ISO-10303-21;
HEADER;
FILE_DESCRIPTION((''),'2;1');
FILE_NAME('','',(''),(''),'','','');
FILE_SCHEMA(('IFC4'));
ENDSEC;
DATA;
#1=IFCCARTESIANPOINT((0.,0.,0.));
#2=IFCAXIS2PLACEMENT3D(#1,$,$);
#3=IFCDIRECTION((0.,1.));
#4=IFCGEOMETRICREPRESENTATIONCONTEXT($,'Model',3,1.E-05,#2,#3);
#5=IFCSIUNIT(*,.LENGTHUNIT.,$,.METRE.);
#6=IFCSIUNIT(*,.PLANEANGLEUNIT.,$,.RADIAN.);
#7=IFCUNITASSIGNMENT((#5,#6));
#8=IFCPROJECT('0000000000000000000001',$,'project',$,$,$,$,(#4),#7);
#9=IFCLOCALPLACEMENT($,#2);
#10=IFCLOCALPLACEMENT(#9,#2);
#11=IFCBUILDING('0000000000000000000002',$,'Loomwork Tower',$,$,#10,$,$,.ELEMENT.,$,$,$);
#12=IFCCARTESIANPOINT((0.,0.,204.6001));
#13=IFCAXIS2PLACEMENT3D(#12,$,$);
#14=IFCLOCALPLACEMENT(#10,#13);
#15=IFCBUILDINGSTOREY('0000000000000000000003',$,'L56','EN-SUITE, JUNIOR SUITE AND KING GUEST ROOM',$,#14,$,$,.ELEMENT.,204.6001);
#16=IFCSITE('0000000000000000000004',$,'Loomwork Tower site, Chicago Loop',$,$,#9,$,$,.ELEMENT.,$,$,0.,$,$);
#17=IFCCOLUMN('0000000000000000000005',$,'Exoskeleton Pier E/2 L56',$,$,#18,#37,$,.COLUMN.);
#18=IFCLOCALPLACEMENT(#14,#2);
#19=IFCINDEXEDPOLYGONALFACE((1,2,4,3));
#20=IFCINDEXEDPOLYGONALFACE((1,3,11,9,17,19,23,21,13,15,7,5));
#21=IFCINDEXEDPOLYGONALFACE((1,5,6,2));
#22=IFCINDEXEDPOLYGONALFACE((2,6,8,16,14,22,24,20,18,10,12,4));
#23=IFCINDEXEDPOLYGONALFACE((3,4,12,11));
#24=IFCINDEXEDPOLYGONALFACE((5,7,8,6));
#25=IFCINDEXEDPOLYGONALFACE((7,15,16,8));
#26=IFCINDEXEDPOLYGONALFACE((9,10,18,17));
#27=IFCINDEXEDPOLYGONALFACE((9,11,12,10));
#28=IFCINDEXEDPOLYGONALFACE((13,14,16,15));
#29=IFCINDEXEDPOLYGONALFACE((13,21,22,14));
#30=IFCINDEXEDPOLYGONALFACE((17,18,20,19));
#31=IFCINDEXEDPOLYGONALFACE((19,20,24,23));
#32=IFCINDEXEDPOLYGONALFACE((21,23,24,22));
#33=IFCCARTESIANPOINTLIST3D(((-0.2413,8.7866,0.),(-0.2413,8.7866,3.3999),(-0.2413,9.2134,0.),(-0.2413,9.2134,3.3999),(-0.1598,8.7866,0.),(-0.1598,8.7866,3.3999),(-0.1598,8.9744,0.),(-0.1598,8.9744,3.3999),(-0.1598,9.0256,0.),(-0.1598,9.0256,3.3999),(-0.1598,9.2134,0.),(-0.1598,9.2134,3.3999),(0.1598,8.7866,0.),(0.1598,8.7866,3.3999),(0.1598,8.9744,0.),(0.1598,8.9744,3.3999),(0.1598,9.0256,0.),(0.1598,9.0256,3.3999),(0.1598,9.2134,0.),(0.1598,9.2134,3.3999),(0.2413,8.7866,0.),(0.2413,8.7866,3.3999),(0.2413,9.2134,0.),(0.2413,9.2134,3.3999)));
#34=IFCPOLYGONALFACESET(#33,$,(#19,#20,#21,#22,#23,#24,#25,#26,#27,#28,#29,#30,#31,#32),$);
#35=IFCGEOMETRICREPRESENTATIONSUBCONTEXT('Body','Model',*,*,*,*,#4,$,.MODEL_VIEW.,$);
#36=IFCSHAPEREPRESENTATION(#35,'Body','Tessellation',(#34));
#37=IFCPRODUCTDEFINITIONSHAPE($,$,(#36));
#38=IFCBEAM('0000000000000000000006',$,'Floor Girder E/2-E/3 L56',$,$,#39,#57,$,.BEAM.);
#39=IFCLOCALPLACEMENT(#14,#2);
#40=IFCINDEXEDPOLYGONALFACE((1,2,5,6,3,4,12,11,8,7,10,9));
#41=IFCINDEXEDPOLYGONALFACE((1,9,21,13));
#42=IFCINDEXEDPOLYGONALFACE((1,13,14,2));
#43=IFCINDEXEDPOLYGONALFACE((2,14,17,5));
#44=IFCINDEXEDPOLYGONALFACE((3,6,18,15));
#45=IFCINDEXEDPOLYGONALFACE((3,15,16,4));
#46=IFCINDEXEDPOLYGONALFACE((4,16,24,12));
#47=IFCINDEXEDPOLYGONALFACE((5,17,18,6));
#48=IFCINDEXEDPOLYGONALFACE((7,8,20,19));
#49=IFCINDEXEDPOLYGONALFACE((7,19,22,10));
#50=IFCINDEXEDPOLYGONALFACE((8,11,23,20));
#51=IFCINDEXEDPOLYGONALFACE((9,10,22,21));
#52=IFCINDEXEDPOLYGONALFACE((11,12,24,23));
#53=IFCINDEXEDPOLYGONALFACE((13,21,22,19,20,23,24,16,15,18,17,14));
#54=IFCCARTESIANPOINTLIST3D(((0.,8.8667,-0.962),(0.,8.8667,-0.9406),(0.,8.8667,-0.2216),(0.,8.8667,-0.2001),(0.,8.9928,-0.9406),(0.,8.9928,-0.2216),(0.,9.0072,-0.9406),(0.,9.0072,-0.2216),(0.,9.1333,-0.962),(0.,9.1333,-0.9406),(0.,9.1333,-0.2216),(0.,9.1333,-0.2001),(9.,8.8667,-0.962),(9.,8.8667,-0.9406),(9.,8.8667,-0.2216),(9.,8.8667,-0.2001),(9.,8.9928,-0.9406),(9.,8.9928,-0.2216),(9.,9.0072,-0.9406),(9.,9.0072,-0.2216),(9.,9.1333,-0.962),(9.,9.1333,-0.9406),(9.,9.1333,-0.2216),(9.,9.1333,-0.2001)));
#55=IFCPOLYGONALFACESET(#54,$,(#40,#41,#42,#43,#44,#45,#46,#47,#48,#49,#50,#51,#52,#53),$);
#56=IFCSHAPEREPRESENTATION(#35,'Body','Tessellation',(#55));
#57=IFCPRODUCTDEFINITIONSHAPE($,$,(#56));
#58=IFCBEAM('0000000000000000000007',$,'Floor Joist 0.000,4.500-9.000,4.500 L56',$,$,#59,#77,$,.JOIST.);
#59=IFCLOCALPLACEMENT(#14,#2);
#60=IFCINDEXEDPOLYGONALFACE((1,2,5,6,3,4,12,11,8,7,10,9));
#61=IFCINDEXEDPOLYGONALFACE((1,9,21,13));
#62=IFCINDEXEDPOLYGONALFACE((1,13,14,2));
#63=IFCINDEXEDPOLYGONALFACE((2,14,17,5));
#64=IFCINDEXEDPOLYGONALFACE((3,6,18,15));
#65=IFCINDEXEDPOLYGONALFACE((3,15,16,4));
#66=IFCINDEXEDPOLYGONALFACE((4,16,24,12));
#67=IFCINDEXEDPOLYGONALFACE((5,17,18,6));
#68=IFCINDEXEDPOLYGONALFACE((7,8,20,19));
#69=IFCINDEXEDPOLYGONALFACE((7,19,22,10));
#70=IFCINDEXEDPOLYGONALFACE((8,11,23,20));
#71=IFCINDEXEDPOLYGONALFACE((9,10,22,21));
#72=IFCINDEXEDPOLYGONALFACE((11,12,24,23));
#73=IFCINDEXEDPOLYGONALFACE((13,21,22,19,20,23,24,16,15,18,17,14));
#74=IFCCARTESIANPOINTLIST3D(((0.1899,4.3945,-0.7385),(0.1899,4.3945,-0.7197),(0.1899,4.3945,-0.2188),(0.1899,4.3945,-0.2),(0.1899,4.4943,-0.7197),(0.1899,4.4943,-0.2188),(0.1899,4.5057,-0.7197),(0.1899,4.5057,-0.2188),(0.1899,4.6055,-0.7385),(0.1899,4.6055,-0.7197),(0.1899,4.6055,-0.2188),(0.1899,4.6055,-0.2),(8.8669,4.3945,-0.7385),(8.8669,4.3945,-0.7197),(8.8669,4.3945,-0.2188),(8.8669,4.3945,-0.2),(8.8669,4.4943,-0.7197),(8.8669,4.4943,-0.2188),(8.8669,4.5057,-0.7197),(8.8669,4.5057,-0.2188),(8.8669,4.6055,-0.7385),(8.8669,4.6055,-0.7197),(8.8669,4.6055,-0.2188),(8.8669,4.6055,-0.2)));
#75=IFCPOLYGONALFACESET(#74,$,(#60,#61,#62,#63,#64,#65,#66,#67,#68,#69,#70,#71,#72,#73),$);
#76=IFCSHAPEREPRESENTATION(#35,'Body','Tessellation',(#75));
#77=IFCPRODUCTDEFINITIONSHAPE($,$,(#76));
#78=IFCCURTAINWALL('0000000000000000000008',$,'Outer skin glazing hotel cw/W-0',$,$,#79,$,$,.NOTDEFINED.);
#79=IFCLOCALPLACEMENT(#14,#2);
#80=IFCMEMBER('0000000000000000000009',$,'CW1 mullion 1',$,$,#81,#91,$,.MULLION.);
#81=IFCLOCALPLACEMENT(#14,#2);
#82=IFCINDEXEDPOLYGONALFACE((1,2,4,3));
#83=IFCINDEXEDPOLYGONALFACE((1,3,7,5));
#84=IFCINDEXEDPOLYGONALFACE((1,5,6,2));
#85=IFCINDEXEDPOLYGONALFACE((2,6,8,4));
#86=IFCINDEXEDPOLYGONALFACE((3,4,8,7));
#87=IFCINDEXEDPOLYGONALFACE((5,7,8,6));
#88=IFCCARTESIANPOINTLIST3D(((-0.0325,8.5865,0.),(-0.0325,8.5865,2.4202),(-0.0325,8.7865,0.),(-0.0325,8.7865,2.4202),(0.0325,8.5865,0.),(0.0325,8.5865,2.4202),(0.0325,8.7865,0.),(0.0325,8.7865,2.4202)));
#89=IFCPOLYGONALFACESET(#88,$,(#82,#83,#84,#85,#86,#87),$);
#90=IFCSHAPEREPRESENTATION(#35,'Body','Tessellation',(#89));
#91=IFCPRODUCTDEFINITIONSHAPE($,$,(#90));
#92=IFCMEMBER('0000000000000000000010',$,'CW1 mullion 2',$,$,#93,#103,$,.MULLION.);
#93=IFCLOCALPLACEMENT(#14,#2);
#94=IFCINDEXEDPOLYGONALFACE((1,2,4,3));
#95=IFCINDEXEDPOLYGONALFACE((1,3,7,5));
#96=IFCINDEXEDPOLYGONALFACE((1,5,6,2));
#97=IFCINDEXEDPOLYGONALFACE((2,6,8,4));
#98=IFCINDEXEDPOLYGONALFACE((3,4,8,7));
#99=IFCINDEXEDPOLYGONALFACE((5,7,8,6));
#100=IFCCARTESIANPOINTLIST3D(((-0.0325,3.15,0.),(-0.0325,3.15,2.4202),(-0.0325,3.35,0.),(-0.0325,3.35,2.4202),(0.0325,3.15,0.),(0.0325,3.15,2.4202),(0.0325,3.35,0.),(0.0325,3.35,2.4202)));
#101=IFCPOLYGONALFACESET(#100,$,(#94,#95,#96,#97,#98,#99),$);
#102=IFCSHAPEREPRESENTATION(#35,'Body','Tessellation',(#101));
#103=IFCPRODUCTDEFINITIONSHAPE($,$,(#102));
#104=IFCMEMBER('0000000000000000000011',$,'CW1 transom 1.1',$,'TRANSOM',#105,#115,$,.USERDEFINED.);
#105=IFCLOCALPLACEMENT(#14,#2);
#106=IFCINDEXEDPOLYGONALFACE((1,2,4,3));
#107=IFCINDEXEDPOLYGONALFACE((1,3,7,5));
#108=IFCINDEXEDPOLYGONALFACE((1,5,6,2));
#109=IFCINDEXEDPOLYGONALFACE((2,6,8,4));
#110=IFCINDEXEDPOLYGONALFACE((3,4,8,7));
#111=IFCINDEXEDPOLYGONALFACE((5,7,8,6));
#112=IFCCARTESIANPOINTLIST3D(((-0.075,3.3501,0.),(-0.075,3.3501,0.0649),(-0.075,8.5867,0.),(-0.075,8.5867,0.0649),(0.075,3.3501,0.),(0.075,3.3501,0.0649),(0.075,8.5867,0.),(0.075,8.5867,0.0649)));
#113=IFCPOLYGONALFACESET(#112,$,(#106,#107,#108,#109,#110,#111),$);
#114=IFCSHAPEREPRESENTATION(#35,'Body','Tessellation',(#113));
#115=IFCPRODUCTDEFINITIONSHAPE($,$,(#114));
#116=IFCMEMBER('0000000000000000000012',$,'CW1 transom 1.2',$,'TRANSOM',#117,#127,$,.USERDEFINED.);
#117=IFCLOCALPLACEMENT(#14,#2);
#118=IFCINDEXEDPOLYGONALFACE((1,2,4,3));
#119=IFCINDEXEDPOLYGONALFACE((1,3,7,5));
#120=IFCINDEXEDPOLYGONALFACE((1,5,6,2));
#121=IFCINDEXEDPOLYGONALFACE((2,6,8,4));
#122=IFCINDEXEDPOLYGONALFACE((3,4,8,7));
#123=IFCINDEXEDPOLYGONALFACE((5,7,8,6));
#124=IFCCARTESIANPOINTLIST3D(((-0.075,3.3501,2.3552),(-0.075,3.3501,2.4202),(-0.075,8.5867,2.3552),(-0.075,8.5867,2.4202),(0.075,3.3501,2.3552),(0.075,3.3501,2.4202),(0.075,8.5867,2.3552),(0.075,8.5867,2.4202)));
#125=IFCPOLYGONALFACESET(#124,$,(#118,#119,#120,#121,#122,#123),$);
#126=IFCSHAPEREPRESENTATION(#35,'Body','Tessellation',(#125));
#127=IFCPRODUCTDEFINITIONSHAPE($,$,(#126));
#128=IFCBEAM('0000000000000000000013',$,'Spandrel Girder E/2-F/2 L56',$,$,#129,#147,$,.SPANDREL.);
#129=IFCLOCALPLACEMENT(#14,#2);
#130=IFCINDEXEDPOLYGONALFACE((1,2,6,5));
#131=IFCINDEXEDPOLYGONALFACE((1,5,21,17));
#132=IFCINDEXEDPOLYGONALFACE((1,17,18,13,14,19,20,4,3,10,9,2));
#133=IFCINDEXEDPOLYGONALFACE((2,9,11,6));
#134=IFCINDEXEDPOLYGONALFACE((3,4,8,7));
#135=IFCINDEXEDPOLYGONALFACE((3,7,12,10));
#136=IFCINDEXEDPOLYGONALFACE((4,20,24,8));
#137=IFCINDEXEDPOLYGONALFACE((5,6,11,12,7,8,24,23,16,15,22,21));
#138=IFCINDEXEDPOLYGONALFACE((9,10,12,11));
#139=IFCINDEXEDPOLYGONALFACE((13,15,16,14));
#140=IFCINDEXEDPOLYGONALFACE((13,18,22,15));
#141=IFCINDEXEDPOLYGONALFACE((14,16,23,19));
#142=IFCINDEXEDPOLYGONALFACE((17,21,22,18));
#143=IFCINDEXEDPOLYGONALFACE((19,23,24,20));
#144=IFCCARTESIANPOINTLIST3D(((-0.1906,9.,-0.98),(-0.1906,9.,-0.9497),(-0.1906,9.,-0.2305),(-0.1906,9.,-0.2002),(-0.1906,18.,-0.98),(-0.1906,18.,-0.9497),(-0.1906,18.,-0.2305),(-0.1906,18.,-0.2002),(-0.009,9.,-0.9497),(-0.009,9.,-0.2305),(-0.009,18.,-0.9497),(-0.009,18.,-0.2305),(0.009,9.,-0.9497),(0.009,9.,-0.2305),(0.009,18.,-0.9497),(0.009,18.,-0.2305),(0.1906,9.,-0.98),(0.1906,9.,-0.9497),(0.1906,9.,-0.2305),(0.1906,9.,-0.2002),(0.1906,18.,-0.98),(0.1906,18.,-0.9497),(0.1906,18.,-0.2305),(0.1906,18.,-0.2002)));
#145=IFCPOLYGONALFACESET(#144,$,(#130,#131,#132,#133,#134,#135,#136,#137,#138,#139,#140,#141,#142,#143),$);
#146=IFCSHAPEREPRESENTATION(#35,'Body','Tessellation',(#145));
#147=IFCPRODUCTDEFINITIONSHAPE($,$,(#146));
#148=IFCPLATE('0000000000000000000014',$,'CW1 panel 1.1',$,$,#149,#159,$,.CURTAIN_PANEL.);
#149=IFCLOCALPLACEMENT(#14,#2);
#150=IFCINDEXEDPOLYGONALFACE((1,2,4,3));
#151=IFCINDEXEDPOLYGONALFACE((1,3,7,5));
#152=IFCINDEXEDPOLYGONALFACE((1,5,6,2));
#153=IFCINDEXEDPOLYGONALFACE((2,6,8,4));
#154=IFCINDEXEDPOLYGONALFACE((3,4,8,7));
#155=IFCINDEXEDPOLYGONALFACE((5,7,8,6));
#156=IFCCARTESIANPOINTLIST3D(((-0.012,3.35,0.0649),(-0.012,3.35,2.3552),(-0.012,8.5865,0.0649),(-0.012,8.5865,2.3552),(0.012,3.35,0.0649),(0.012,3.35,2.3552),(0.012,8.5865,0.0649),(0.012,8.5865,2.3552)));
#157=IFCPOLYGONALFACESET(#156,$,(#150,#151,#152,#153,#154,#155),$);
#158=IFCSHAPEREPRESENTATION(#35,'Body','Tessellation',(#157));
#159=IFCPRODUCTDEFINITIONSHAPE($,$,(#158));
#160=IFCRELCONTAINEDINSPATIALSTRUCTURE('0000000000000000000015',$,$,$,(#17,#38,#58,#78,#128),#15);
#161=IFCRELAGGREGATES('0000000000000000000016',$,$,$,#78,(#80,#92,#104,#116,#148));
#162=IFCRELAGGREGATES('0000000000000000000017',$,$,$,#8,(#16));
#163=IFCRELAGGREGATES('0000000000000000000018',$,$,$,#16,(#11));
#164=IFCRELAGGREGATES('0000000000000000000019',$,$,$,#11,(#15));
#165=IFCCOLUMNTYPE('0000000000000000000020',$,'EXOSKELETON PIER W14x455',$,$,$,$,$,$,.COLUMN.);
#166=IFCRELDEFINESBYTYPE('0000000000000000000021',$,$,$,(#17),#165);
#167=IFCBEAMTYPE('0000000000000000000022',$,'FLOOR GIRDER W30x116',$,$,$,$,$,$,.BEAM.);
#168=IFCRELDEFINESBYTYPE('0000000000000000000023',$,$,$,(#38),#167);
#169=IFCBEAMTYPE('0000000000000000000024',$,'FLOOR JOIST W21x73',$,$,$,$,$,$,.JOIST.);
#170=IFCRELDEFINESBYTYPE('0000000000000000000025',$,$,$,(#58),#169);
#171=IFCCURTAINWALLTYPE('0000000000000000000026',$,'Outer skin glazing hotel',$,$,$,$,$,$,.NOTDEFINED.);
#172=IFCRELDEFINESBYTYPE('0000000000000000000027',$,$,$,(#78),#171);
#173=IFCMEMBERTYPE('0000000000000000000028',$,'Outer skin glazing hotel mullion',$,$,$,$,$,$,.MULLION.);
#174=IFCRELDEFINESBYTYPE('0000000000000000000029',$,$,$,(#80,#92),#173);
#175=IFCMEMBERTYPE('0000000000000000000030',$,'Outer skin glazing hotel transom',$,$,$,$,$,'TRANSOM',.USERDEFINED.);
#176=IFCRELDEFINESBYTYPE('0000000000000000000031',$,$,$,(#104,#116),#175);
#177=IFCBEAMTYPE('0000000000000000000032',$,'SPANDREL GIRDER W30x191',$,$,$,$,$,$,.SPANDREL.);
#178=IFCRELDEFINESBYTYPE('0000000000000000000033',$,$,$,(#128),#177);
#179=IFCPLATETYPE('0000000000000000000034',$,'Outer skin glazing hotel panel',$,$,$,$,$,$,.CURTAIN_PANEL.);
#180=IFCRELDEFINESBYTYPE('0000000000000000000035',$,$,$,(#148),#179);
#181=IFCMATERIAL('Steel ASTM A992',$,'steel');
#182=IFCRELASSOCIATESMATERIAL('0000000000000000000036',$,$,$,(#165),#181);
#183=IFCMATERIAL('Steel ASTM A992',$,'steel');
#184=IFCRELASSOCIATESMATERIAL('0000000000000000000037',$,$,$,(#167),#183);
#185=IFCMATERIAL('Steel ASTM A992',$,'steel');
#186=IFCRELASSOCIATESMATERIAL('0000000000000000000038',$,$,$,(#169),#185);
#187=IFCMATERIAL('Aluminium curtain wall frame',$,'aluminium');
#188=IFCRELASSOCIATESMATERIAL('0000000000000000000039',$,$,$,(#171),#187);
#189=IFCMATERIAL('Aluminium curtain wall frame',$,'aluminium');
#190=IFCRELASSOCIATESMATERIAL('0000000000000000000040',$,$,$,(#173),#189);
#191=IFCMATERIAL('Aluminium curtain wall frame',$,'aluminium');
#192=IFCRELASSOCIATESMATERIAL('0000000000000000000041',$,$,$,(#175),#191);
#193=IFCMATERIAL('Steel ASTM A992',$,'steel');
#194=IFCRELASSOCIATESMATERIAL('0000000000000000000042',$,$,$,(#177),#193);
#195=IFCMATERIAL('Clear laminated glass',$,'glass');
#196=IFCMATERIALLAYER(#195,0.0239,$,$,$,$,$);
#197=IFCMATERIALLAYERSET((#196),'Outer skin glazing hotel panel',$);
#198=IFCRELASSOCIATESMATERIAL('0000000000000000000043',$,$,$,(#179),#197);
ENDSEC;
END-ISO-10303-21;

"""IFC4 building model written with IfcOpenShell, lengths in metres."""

from ifc_helpers import new_model, si_unit, direction, frame, origin, origin_2d, place, context, subcontext, project, spatial, rectangle, i_section, extrude, material, layer, layer_set, material_profile, profile_set, type_object, element, aggregate, save


model = new_model("IFC4")

# Units and contexts
model_context = context("Model", 3, precision=1e-05, world=origin(), true_north=direction((0.0, 1.0)))
body_context = subcontext(model_context, "Body", "Model", "MODEL_VIEW")
ifc_project = project(units=[si_unit("LENGTHUNIT", "METRE"), si_unit("PLANEANGLEUNIT", "RADIAN")], contexts=[model_context])

# Site, building, storey
site_placement = place(None, origin())
site = spatial("IfcSite", under=ifc_project, at=site_placement, Name="Loomwork Tower site, Chicago Loop", CompositionType="ELEMENT", RefElevation=0.0)
building_placement = place(site_placement, origin())
building = spatial("IfcBuilding", under=site, at=building_placement, Name="Loomwork Tower", CompositionType="ELEMENT")
storey_placement = place(building_placement, frame((0.0, 0.0, 204.6001)))
storey = spatial("IfcBuildingStorey", under=building, at=storey_placement, Name="L56", Description="EN-SUITE, JUNIOR SUITE AND KING GUEST ROOM", CompositionType="ELEMENT", Elevation=204.6001)

# Column
ifc_material_1 = material(Name="Steel ASTM A992", Category="steel")
ifc_material_profile_1 = material_profile(ifc_material_1, i_section(OverallWidth=0.4268, OverallDepth=0.4827, WebThickness=0.0513, FlangeThickness=0.0815, at=origin_2d()), Name="W14x455")
ifc_profile_set_1 = profile_set([ifc_material_profile_1], Name="Steel ASTM A992")
column_type = type_object("IfcColumnType", Name="EXOSKELETON PIER W14x455", PredefinedType="COLUMN", material=ifc_profile_set_1)
column_placement = place(storey_placement, frame((0.0, 9.0, 0.0), z_axis=(0.0, 0.0, 1.0), x_axis=(0.0, 1.0, 0.0)))
element("IfcColumn", 1, at=column_placement, inside=storey, type_object=column_type, Name="Exoskeleton Pier E/2 L56", PredefinedType="COLUMN", context=body_context, shape_type="SweptSolid", body=[
    extrude(i_section(OverallWidth=0.4268, OverallDepth=0.4827, WebThickness=0.0513, FlangeThickness=0.0815, at=origin_2d()), origin(), (0.0, 0.0, 1.0), 3.3999),
])

# Beams
ifc_material_2 = material(Name="Steel ASTM A992", Category="steel")
ifc_material_profile_2 = material_profile(ifc_material_2, i_section(OverallWidth=0.2666, OverallDepth=0.762, WebThickness=0.0144, FlangeThickness=0.0215, at=origin_2d()), Name="W30x116")
ifc_profile_set_2 = profile_set([ifc_material_profile_2], Name="Steel ASTM A992")
beam_type_1 = type_object("IfcBeamType", Name="FLOOR GIRDER W30x116", PredefinedType="BEAM", material=ifc_profile_set_2)
beam_1_placement = place(storey_placement, frame((0.0, 9.0, -0.5811), z_axis=(1.0, 0.0, 0.0), x_axis=(0.0, 1.0, 0.0)))
element("IfcBeam", 2, at=beam_1_placement, inside=storey, type_object=beam_type_1, Name="Floor Girder E/2-E/3 L56", PredefinedType="BEAM", context=body_context, shape_type="SweptSolid", body=[
    extrude(i_section(OverallWidth=0.2666, OverallDepth=0.762, WebThickness=0.0144, FlangeThickness=0.0215, at=origin_2d()), origin(), (0.0, 0.0, 1.0), 9.0),
])
ifc_material_3 = material(Name="Steel ASTM A992", Category="steel")
ifc_material_profile_3 = material_profile(ifc_material_3, i_section(OverallWidth=0.2109, OverallDepth=0.5386, WebThickness=0.0115, FlangeThickness=0.0188, at=origin_2d()), Name="W21x73")
ifc_profile_set_3 = profile_set([ifc_material_profile_3], Name="Steel ASTM A992")
beam_type_2 = type_object("IfcBeamType", Name="FLOOR JOIST W21x73", PredefinedType="JOIST", material=ifc_profile_set_3)
beam_2_placement = place(storey_placement, frame((0.1899, 4.5, -0.4692), z_axis=(1.0, 0.0, 0.0), x_axis=(0.0, 1.0, 0.0)))
element("IfcBeam", 3, at=beam_2_placement, inside=storey, type_object=beam_type_2, Name="Floor Joist 0.000,4.500-9.000,4.500 L56", PredefinedType="JOIST", context=body_context, shape_type="SweptSolid", body=[
    extrude(i_section(OverallWidth=0.2109, OverallDepth=0.5386, WebThickness=0.0115, FlangeThickness=0.0188, at=origin_2d()), origin(), (0.0, 0.0, 1.0), 8.677),
])

# Curtain wall, members
ifc_material_4 = material(Name="Aluminium curtain wall frame", Category="aluminium")
curtain_wall_type = type_object("IfcCurtainWallType", Name="Outer skin glazing hotel", PredefinedType="NOTDEFINED", material=ifc_material_4)
curtain_wall_placement = place(storey_placement, origin())
curtain_wall = element("IfcCurtainWall", 4, at=curtain_wall_placement, inside=storey, type_object=curtain_wall_type, Name="Outer skin glazing hotel cw/W-0", PredefinedType="NOTDEFINED")
ifc_material_5 = material(Name="Aluminium curtain wall frame", Category="aluminium")
ifc_material_profile_4 = material_profile(ifc_material_5, rectangle(XDim=0.0649, YDim=0.2, at=origin_2d()), Name="AL 65x200")
ifc_profile_set_4 = profile_set([ifc_material_profile_4], Name="Aluminium curtain wall frame")
member_type_1 = type_object("IfcMemberType", Name="Outer skin glazing hotel mullion", PredefinedType="MULLION", material=ifc_profile_set_4)
member_1_placement = place(storey_placement, frame((0.0, 8.6865, 0.0), z_axis=(0.0, 0.0, 1.0), x_axis=(1.0, 0.0, 0.0)))
member_1 = element("IfcMember", 5, at=member_1_placement, type_object=member_type_1, Name="CW1 mullion 1", PredefinedType="MULLION", context=body_context, shape_type="SweptSolid", body=[
    extrude(rectangle(XDim=0.0649, YDim=0.2, at=origin_2d()), origin(), (0.0, 0.0, 1.0), 2.4202),
])
member_2_placement = place(storey_placement, frame((0.0, 3.25, 0.0), z_axis=(0.0, 0.0, 1.0), x_axis=(1.0, 0.0, 0.0)))
member_2 = element("IfcMember", 6, at=member_2_placement, type_object=member_type_1, Name="CW1 mullion 2", PredefinedType="MULLION", context=body_context, shape_type="SweptSolid", body=[
    extrude(rectangle(XDim=0.0649, YDim=0.2, at=origin_2d()), origin(), (0.0, 0.0, 1.0), 2.4202),
])
ifc_material_6 = material(Name="Aluminium curtain wall frame", Category="aluminium")
ifc_material_profile_5 = material_profile(ifc_material_6, rectangle(XDim=0.1499, YDim=0.0649, at=origin_2d()), Name="AL 65x150")
ifc_profile_set_5 = profile_set([ifc_material_profile_5], Name="Aluminium curtain wall frame")
member_type_2 = type_object("IfcMemberType", Name="Outer skin glazing hotel transom", ElementType="TRANSOM", PredefinedType="USERDEFINED", material=ifc_profile_set_5)
member_3_placement = place(storey_placement, frame((0.0, 8.5867, 0.0325), z_axis=(0.0, -1.0, 0.0), x_axis=(1.0, 0.0, 0.0)))
member_3 = element("IfcMember", 7, at=member_3_placement, type_object=member_type_2, Name="CW1 transom 1.1", ObjectType="TRANSOM", PredefinedType="USERDEFINED", context=body_context, shape_type="SweptSolid", body=[
    extrude(rectangle(XDim=0.1499, YDim=0.0649, at=origin_2d()), origin(), (0.0, 0.0, 1.0), 5.2366),
])
member_4_placement = place(storey_placement, frame((0.0, 8.5867, 2.3877), z_axis=(0.0, -1.0, 0.0), x_axis=(1.0, 0.0, 0.0)))
member_4 = element("IfcMember", 8, at=member_4_placement, type_object=member_type_2, Name="CW1 transom 1.2", ObjectType="TRANSOM", PredefinedType="USERDEFINED", context=body_context, shape_type="SweptSolid", body=[
    extrude(rectangle(XDim=0.1499, YDim=0.0649, at=origin_2d()), origin(), (0.0, 0.0, 1.0), 5.2366),
])

# Beam
ifc_material_7 = material(Name="Steel ASTM A992", Category="steel")
ifc_material_profile_6 = material_profile(ifc_material_7, i_section(OverallWidth=0.3811, OverallDepth=0.7798, WebThickness=0.0181, FlangeThickness=0.0303, at=origin_2d()), Name="W30x191")
ifc_profile_set_6 = profile_set([ifc_material_profile_6], Name="Steel ASTM A992")
beam_type_3 = type_object("IfcBeamType", Name="SPANDREL GIRDER W30x191", PredefinedType="SPANDREL", material=ifc_profile_set_6)
beam_3_placement = place(storey_placement, frame((0.0, 9.0, -0.5901), z_axis=(0.0, 1.0, 0.0), x_axis=(-1.0, 0.0, 0.0)))
element("IfcBeam", 9, at=beam_3_placement, inside=storey, type_object=beam_type_3, Name="Spandrel Girder E/2-F/2 L56", PredefinedType="SPANDREL", context=body_context, shape_type="SweptSolid", body=[
    extrude(i_section(OverallWidth=0.3811, OverallDepth=0.7798, WebThickness=0.0181, FlangeThickness=0.0303, at=origin_2d()), origin(), (0.0, 0.0, 1.0), 9.0),
])

# Plate
ifc_material_8 = material(Name="Clear laminated glass", Category="glass")
ifc_layer_1 = layer(ifc_material_8, 0.0239)
ifc_layer_set_1 = layer_set([ifc_layer_1], Name="Outer skin glazing hotel panel")
plate_type = type_object("IfcPlateType", Name="Outer skin glazing hotel panel", PredefinedType="CURTAIN_PANEL", material=ifc_layer_set_1)
plate_placement = place(storey_placement, frame((0.0, 5.9683, 0.0649), z_axis=(0.0, 0.0, 1.0), x_axis=(0.0, -1.0, 0.0)))
plate = element("IfcPlate", 10, at=plate_placement, type_object=plate_type, Name="CW1 panel 1.1", PredefinedType="CURTAIN_PANEL", context=body_context, shape_type="SweptSolid", body=[
    extrude(rectangle(XDim=5.2366, YDim=0.0239, at=origin_2d()), origin(), (0.0, 0.0, 1.0), 2.2903),
])
aggregate(curtain_wall, [member_1, member_2, member_3, member_4, plate])

save(model, "model.ifc")
